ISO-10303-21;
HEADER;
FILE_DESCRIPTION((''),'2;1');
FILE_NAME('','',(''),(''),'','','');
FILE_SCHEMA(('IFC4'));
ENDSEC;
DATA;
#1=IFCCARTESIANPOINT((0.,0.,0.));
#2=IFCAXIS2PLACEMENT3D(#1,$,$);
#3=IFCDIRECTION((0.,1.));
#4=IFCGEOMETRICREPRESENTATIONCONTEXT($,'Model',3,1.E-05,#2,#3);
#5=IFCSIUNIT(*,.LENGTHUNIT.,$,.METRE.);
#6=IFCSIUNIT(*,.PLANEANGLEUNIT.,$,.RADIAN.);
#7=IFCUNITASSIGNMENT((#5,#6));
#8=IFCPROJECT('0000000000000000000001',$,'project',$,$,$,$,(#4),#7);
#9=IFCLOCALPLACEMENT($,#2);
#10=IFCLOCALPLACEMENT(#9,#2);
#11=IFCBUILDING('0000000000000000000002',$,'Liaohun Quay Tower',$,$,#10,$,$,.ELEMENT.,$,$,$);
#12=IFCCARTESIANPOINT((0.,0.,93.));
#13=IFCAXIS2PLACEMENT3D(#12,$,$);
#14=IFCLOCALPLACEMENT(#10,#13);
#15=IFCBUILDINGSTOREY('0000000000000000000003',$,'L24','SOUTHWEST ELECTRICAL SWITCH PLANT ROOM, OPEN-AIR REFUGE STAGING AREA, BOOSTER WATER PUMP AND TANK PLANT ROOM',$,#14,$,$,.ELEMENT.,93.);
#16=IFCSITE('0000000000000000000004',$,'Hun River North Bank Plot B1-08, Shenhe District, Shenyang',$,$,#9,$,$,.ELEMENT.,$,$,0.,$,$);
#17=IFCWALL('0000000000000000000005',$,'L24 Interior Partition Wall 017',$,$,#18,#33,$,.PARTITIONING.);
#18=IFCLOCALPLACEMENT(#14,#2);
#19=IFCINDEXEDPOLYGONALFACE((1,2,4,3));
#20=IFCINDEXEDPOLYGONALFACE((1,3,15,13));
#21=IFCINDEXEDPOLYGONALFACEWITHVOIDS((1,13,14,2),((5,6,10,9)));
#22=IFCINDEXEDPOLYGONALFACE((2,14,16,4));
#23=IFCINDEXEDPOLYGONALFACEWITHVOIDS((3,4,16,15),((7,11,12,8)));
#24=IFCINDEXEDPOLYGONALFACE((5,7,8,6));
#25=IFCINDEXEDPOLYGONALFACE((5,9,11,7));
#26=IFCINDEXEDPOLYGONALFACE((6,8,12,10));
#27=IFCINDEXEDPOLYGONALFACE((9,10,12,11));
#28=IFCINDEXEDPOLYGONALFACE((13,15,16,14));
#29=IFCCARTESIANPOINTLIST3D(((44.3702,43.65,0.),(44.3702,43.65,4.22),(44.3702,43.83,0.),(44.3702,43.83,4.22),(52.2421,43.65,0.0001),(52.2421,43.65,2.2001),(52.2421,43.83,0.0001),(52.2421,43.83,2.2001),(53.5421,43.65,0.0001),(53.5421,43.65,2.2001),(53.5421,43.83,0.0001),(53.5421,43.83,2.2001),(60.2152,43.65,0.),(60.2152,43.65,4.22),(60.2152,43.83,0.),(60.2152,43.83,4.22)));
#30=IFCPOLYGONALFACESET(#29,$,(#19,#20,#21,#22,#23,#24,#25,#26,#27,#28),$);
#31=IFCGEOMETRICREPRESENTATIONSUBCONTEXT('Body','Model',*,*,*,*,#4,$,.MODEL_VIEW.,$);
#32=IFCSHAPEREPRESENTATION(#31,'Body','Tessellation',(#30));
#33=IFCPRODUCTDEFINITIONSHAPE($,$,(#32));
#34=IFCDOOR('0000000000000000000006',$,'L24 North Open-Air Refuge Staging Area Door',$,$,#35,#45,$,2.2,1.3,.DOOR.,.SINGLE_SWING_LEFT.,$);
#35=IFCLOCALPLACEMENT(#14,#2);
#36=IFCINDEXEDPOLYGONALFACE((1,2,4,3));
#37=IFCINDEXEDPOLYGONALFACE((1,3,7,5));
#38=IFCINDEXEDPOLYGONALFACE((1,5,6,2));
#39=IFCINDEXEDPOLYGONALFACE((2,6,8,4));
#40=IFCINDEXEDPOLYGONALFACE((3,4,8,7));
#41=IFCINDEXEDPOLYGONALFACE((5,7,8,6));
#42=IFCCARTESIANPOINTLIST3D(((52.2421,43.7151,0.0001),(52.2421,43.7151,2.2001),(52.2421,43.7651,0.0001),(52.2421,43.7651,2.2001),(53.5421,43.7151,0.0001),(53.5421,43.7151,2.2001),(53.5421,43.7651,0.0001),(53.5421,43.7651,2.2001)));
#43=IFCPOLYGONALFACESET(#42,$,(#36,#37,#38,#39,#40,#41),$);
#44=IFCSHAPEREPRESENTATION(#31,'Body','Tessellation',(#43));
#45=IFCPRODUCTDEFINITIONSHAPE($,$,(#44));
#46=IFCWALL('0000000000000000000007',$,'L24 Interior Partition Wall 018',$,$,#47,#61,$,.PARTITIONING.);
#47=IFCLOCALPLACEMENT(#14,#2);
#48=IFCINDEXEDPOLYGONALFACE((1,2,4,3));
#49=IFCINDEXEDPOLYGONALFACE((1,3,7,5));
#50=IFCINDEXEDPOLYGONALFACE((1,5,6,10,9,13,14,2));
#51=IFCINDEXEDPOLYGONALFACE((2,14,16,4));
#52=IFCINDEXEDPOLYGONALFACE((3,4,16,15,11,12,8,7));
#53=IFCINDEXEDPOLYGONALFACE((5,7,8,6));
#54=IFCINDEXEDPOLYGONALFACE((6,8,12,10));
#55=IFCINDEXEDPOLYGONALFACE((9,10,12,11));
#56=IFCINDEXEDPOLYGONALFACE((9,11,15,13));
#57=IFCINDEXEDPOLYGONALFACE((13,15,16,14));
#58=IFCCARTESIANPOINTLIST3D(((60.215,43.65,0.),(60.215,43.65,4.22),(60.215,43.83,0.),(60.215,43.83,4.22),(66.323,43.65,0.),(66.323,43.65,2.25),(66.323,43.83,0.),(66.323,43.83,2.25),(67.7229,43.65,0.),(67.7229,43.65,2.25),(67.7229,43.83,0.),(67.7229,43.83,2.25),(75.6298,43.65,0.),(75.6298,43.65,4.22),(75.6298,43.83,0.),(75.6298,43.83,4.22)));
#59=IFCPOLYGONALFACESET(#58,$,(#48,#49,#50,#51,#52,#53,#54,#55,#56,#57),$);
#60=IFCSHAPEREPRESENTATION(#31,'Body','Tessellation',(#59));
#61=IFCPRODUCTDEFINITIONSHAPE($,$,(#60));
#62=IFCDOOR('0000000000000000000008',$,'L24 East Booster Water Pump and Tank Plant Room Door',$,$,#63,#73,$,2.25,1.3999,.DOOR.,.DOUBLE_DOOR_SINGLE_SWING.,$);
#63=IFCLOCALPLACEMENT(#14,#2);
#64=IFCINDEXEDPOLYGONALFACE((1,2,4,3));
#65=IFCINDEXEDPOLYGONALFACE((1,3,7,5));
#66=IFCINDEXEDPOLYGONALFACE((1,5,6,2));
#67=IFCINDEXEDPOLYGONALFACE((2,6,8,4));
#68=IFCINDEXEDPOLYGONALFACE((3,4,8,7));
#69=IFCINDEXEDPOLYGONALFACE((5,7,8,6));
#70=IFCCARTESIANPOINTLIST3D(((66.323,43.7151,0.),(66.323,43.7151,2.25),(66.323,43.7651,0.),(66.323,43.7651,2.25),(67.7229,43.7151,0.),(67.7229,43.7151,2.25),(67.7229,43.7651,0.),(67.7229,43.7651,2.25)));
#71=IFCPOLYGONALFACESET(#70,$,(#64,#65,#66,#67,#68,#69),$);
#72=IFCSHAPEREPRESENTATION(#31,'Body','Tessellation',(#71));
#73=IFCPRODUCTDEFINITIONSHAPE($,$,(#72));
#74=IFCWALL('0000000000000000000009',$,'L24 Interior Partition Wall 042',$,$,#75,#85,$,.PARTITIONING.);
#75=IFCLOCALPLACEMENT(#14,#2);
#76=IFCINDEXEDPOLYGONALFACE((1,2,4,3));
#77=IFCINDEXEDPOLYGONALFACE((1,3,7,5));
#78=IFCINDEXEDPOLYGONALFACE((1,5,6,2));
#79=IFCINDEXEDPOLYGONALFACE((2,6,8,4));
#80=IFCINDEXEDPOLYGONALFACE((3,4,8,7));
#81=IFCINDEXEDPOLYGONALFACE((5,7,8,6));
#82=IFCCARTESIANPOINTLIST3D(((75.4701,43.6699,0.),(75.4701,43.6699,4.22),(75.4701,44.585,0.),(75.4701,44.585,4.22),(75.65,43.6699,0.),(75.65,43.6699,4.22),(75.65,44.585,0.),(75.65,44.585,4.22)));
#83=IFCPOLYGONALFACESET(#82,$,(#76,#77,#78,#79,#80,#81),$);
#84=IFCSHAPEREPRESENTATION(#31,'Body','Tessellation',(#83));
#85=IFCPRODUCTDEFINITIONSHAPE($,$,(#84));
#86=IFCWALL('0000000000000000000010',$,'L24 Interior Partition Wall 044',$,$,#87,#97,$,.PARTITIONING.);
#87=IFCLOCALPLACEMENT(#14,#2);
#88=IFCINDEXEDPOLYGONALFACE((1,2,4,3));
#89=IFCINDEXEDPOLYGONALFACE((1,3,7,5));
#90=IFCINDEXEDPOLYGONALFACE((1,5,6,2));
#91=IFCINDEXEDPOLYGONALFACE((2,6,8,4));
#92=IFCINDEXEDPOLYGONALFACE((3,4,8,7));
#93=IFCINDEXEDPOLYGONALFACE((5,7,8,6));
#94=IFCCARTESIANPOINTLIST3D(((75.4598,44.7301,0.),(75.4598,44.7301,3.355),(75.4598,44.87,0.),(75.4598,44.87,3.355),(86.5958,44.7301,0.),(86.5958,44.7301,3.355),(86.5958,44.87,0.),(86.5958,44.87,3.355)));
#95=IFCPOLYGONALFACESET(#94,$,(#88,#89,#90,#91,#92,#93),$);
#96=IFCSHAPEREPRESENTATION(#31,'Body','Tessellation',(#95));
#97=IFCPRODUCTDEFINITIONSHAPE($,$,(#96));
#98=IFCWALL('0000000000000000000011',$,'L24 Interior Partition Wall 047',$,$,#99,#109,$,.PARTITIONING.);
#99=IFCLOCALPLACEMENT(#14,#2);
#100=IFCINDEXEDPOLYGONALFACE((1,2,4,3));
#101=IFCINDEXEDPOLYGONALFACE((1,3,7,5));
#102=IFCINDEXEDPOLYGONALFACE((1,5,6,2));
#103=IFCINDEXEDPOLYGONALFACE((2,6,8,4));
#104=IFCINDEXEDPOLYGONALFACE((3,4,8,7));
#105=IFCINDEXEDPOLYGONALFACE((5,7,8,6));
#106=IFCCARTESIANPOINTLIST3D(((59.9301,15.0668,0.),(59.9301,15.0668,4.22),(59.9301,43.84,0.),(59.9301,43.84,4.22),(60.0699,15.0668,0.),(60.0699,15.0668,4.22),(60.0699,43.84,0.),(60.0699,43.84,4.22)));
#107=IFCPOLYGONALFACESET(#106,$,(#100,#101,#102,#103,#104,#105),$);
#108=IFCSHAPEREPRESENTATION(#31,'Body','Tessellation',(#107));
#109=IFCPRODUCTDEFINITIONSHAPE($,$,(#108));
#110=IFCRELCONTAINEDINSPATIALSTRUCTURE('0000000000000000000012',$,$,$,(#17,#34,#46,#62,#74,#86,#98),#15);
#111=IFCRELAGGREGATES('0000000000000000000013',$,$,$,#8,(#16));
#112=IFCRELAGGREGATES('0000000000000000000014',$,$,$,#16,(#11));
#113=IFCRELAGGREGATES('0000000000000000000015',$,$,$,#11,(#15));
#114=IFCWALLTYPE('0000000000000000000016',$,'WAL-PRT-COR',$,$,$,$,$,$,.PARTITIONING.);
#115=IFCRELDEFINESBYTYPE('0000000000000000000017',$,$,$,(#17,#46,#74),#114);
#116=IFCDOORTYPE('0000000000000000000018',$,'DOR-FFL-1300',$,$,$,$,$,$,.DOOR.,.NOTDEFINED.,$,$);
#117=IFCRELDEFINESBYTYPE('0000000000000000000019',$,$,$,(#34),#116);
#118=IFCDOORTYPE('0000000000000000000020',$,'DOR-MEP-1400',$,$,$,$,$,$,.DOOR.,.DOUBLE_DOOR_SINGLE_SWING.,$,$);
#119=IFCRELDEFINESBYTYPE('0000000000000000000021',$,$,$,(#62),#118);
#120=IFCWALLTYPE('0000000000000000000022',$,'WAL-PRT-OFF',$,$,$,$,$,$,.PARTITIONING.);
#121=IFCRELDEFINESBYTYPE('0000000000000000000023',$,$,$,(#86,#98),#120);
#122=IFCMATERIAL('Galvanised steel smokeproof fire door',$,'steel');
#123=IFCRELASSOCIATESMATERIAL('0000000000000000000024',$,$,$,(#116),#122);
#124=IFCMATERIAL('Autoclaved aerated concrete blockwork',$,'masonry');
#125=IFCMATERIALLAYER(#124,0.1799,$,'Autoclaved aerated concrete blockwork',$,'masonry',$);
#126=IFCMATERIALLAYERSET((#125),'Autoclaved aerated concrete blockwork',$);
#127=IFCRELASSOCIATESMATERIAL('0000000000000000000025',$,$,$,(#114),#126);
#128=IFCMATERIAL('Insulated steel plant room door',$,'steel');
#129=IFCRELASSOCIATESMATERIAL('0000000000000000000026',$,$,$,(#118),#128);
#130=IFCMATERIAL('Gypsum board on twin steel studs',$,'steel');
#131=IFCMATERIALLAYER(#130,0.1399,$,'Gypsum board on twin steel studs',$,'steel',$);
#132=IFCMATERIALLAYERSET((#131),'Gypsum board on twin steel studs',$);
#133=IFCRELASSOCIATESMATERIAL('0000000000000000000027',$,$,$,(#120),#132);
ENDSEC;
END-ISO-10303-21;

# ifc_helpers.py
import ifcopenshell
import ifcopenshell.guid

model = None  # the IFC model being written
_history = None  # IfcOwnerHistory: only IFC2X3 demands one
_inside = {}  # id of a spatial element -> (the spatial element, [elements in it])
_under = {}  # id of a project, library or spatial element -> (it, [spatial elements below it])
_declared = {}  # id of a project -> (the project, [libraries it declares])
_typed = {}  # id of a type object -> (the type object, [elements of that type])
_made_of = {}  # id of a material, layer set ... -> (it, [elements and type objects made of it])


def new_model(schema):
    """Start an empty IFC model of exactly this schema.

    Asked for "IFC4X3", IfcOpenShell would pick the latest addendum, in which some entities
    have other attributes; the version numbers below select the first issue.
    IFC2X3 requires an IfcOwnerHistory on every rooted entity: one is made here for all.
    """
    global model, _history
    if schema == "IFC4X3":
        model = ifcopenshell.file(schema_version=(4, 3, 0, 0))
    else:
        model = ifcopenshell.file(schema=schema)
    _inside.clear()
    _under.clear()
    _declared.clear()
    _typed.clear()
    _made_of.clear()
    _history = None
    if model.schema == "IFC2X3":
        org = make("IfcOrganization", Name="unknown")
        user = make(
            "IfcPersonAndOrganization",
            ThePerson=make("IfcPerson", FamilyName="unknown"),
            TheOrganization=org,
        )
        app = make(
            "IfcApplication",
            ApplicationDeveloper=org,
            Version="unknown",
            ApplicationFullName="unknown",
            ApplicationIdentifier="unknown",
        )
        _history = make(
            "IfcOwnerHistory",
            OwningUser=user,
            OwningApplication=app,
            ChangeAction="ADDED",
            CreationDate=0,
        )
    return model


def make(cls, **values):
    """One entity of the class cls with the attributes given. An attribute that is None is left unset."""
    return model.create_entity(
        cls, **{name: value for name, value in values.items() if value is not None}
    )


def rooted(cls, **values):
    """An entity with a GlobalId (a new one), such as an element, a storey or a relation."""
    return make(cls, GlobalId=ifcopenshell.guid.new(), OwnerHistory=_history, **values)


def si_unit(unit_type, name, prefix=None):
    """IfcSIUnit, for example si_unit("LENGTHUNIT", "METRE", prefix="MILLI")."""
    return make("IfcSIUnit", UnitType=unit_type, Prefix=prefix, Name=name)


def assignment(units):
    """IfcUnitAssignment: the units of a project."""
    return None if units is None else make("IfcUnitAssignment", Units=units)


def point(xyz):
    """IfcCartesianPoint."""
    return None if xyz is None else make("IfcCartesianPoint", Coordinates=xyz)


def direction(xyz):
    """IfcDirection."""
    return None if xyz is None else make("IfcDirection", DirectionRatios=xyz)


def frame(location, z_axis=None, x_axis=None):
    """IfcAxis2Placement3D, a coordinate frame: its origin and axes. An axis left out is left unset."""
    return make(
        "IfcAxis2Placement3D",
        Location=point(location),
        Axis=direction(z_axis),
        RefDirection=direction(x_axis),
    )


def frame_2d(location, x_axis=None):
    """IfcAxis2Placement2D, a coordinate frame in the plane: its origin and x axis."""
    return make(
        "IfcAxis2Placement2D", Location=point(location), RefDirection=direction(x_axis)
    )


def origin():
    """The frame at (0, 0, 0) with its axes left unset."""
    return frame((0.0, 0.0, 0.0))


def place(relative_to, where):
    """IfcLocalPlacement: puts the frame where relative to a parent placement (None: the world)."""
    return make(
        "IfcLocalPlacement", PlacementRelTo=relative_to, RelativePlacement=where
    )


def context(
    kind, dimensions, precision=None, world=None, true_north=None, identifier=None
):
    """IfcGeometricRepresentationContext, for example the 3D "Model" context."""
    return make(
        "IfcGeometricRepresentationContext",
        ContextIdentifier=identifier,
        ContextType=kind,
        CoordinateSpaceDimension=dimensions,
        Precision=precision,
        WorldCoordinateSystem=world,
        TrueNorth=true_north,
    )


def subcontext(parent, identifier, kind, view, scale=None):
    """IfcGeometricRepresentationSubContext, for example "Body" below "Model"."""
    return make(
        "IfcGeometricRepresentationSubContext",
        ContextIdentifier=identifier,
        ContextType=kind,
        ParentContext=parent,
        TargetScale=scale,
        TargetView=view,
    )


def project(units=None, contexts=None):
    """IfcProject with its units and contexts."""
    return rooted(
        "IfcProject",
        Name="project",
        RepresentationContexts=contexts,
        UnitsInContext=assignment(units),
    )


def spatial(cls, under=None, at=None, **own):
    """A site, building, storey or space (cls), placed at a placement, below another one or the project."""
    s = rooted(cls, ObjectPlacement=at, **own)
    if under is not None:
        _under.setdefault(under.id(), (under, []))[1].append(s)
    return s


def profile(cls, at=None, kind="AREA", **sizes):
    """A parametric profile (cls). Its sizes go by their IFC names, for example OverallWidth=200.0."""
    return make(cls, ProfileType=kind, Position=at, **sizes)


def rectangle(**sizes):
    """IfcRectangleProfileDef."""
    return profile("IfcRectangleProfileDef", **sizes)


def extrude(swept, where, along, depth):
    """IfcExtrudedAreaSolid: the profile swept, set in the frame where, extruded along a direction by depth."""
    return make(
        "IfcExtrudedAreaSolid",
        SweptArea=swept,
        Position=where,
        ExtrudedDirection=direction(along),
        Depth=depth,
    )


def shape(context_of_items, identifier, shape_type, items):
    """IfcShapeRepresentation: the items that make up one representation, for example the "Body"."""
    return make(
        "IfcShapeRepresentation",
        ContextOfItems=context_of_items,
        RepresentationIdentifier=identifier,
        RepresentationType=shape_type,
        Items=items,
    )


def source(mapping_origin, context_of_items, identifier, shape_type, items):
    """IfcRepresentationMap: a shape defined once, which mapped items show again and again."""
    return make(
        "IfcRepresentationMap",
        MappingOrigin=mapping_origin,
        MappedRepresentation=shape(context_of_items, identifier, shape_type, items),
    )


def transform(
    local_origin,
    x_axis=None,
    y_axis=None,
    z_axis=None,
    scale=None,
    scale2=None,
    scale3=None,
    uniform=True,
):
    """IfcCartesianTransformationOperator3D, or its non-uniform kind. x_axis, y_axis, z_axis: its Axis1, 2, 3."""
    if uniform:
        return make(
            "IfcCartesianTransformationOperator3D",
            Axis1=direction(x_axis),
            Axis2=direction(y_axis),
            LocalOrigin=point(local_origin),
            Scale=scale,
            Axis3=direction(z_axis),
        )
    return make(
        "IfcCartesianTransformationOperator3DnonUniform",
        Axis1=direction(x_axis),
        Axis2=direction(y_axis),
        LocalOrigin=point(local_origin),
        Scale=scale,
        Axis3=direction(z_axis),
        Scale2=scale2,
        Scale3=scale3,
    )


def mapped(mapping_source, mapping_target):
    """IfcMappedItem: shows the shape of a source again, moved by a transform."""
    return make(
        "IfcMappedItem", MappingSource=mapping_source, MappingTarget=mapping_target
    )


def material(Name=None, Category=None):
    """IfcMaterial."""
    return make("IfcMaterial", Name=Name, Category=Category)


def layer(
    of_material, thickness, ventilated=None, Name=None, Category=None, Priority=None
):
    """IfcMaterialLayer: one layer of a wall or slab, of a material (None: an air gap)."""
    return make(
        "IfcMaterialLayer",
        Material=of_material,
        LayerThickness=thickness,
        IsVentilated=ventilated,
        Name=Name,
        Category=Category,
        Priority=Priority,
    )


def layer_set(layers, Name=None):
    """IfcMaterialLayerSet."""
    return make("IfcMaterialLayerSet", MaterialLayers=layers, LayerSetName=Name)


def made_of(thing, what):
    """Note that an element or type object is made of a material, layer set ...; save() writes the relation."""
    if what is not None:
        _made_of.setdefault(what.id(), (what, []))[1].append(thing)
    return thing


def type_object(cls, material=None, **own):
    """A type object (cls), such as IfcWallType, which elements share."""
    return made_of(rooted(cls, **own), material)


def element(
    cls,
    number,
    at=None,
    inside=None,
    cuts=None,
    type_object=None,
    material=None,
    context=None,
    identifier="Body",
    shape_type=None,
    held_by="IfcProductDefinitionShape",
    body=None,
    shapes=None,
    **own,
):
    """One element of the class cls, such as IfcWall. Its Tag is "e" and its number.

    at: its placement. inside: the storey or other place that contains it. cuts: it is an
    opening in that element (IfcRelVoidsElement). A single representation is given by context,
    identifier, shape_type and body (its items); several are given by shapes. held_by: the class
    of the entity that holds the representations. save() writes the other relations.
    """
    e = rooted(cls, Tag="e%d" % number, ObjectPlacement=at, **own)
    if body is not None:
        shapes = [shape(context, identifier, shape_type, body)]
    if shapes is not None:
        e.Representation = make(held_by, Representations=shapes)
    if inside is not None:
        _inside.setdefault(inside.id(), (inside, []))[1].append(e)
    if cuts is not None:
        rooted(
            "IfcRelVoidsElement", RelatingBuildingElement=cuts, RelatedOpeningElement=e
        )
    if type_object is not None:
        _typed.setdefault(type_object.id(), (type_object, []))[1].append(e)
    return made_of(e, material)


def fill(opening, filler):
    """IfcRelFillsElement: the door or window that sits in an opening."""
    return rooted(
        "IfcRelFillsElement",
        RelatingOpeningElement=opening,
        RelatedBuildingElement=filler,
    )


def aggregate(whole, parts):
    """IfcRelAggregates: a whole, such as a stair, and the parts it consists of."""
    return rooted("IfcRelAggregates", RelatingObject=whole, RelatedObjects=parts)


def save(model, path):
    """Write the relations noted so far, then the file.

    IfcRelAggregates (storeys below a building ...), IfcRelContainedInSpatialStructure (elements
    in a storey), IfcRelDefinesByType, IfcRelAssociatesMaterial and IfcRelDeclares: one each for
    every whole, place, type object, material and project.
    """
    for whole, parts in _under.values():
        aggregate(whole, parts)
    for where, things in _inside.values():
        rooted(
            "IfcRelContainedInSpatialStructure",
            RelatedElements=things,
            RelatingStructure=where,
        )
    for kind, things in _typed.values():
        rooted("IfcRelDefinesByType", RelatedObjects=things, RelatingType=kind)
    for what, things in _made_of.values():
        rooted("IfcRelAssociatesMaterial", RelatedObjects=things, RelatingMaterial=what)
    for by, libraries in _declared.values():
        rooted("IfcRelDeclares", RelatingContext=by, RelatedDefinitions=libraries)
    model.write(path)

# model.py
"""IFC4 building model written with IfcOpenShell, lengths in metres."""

from ifc_helpers import new_model, si_unit, direction, frame, frame_2d, origin, place, context, subcontext, project, spatial, rectangle, extrude, source, transform, mapped, material, layer, layer_set, type_object, element, fill, save


model = new_model("IFC4")

# Units and contexts
model_context = context("Model", 3, precision=1e-05, world=origin(), true_north=direction((0.0, 1.0)))
body_context = subcontext(model_context, "Body", "Model", "MODEL_VIEW")
ifc_project = project(units=[si_unit("LENGTHUNIT", "METRE"), si_unit("PLANEANGLEUNIT", "RADIAN")], contexts=[model_context])

# Site, building, storey
site_placement = place(None, origin())
site = spatial("IfcSite", under=ifc_project, at=site_placement, Name="Hun River North Bank Plot B1-08, Shenhe District, Shenyang", CompositionType="ELEMENT", RefElevation=0.0)
building_placement = place(site_placement, origin())
building = spatial("IfcBuilding", under=site, at=building_placement, Name="Liaohun Quay Tower", CompositionType="ELEMENT")
storey_placement = place(building_placement, frame((0.0, 0.0, 93.0)))
storey = spatial("IfcBuildingStorey", under=building, at=storey_placement, Name="L24", Description="SOUTHWEST ELECTRICAL SWITCH PLANT ROOM, OPEN-AIR REFUGE STAGING AREA, BOOSTER WATER PUMP AND TANK PLANT ROOM", CompositionType="ELEMENT", Elevation=93.0)

# Shared definitions
ifc_material_1 = material(Name="Galvanised steel smokeproof fire door", Category="steel")
door_type_1 = type_object("IfcDoorType", Name="DOR-FFL-1300", OperationType="NOTDEFINED", PredefinedType="DOOR", material=ifc_material_1)
shared_shape_1 = source(origin(), body_context, "Body", "SweptSolid", [
    extrude(rectangle(XDim=1.3, YDim=2.2, at=frame_2d((0.6499, 1.1001))), frame((0.0, 0.0249, 0.0), z_axis=(0.0, -1.0, 0.0), x_axis=(1.0, 0.0, 0.0)), (0.0, 0.0, 1.0), 0.05),
])

# Walls, openings, doors
ifc_material_2 = material(Name="Autoclaved aerated concrete blockwork", Category="masonry")
ifc_layer_1 = layer(ifc_material_2, 0.1799, Name="Autoclaved aerated concrete blockwork", Category="masonry")
ifc_layer_set_1 = layer_set([ifc_layer_1], Name="Autoclaved aerated concrete blockwork")
wall_type_1 = type_object("IfcWallType", Name="WAL-PRT-COR", PredefinedType="PARTITIONING", material=ifc_layer_set_1)
wall_1_placement = place(storey_placement, frame((60.2151, 43.74, 0.0), z_axis=(0.0, 0.0, 1.0), x_axis=(-1.0, 0.0, 0.0)))
wall_1 = element("IfcWall", 1, at=wall_1_placement, inside=storey, type_object=wall_type_1, Name="L24 Interior Partition Wall 017", PredefinedType="PARTITIONING", context=body_context, shape_type="SweptSolid", body=[
    extrude(rectangle(XDim=15.845, YDim=0.1799, at=frame_2d((7.9224, 0.0))), origin(), (0.0, 0.0, 1.0), 4.22),
])
shared_shape_2 = source(origin(), body_context, "Body", "SweptSolid", [
    extrude(rectangle(XDim=1.3, YDim=2.2, at=frame_2d((0.6499, 1.1001))), frame((0.0, 0.0999, 0.0), z_axis=(0.0, -1.0, 0.0), x_axis=(1.0, 0.0, 0.0)), (0.0, 0.0, 1.0), 0.2),
])
opening_1_placement = place(wall_1_placement, frame((6.6731, 0.0, 0.0)))
opening_1 = element("IfcOpeningElement", 2, at=opening_1_placement, cuts=wall_1, PredefinedType="OPENING", context=body_context, shape_type="MappedRepresentation", body=[
    mapped(shared_shape_2, transform((0.0, 0.0, 0.0), x_axis=(1.0, 0.0, 0.0), y_axis=(0.0, 1.0, 0.0), z_axis=(0.0, 0.0, 1.0), scale=1.0)),
])
door_1_placement = place(opening_1_placement, origin())
door_1 = element("IfcDoor", 3, at=door_1_placement, inside=storey, type_object=door_type_1, Name="L24 North Open-Air Refuge Staging Area Door", OperationType="SINGLE_SWING_LEFT", OverallHeight=2.2, OverallWidth=1.3, PredefinedType="DOOR", context=body_context, shape_type="MappedRepresentation", body=[
    mapped(shared_shape_1, transform((0.0, 0.0, 0.0), x_axis=(1.0, 0.0, 0.0), y_axis=(0.0, 1.0, 0.0), z_axis=(0.0, 0.0, 1.0), scale=1.0)),
])
fill(opening_1, door_1)
wall_2_placement = place(storey_placement, frame((75.6299, 43.74, 0.0), z_axis=(0.0, 0.0, 1.0), x_axis=(-1.0, 0.0, 0.0)))
wall_2 = element("IfcWall", 4, at=wall_2_placement, inside=storey, type_object=wall_type_1, Name="L24 Interior Partition Wall 018", PredefinedType="PARTITIONING", context=body_context, shape_type="SweptSolid", body=[
    extrude(rectangle(XDim=15.4148, YDim=0.1799, at=frame_2d((7.7075, 0.0))), origin(), (0.0, 0.0, 1.0), 4.22),
])
shared_shape_3 = source(origin(), body_context, "Body", "SweptSolid", [
    extrude(rectangle(XDim=1.3999, YDim=2.25, at=frame_2d((0.7, 1.125))), frame((0.0, 0.0999, 0.0), z_axis=(0.0, -1.0, 0.0), x_axis=(1.0, 0.0, 0.0)), (0.0, 0.0, 1.0), 0.2),
])
opening_2_placement = place(wall_2_placement, frame((7.907, 0.0, 0.0)))
opening_2 = element("IfcOpeningElement", 5, at=opening_2_placement, cuts=wall_2, PredefinedType="OPENING", context=body_context, shape_type="MappedRepresentation", body=[
    mapped(shared_shape_3, transform((0.0, 0.0, 0.0), x_axis=(1.0, 0.0, 0.0), y_axis=(0.0, 1.0, 0.0), z_axis=(0.0, 0.0, 1.0), scale=1.0)),
])
ifc_material_3 = material(Name="Insulated steel plant room door", Category="steel")
door_type_2 = type_object("IfcDoorType", Name="DOR-MEP-1400", OperationType="DOUBLE_DOOR_SINGLE_SWING", PredefinedType="DOOR", material=ifc_material_3)
shared_shape_4 = source(origin(), body_context, "Body", "SweptSolid", [
    extrude(rectangle(XDim=1.3999, YDim=2.25, at=frame_2d((0.7, 1.125))), frame((0.0, 0.0249, 0.0), z_axis=(0.0, -1.0, 0.0), x_axis=(1.0, 0.0, 0.0)), (0.0, 0.0, 1.0), 0.05),
])
door_2_placement = place(opening_2_placement, origin())
door_2 = element("IfcDoor", 6, at=door_2_placement, inside=storey, type_object=door_type_2, Name="L24 East Booster Water Pump and Tank Plant Room Door", OperationType="DOUBLE_DOOR_SINGLE_SWING", OverallHeight=2.25, OverallWidth=1.3999, PredefinedType="DOOR", context=body_context, shape_type="MappedRepresentation", body=[
    mapped(shared_shape_4, transform((0.0, 0.0, 0.0), x_axis=(1.0, 0.0, 0.0), y_axis=(0.0, 1.0, 0.0), z_axis=(0.0, 0.0, 1.0), scale=1.0)),
])
fill(opening_2, door_2)

# Walls
wall_3_placement = place(storey_placement, frame((75.5601, 44.585, 0.0), z_axis=(0.0, 0.0, 1.0), x_axis=(0.0, -1.0, 0.0)))
element("IfcWall", 7, at=wall_3_placement, inside=storey, type_object=wall_type_1, Name="L24 Interior Partition Wall 042", PredefinedType="PARTITIONING", context=body_context, shape_type="SweptSolid", body=[
    extrude(rectangle(XDim=0.915, YDim=0.1799, at=frame_2d((0.4575, 0.0))), origin(), (0.0, 0.0, 1.0), 4.22),
])
ifc_material_4 = material(Name="Gypsum board on twin steel studs", Category="steel")
ifc_layer_2 = layer(ifc_material_4, 0.1399, Name="Gypsum board on twin steel studs", Category="steel")
ifc_layer_set_2 = layer_set([ifc_layer_2], Name="Gypsum board on twin steel studs")
wall_type_2 = type_object("IfcWallType", Name="WAL-PRT-OFF", PredefinedType="PARTITIONING", material=ifc_layer_set_2)
wall_4_placement = place(storey_placement, frame((75.46, 44.8, 0.0), z_axis=(0.0, 0.0, 1.0), x_axis=(1.0, 0.0, 0.0)))
element("IfcWall", 8, at=wall_4_placement, inside=storey, type_object=wall_type_2, Name="L24 Interior Partition Wall 044", PredefinedType="PARTITIONING", context=body_context, shape_type="SweptSolid", body=[
    extrude(rectangle(XDim=11.136, YDim=0.1399, at=frame_2d((5.5679, 0.0))), origin(), (0.0, 0.0, 1.0), 3.355),
])
wall_5_placement = place(storey_placement, frame((60.0, 43.8401, 0.0), z_axis=(0.0, 0.0, 1.0), x_axis=(0.0, -1.0, 0.0)))
element("IfcWall", 9, at=wall_5_placement, inside=storey, type_object=wall_type_2, Name="L24 Interior Partition Wall 047", PredefinedType="PARTITIONING", context=body_context, shape_type="SweptSolid", body=[
    extrude(rectangle(XDim=28.7732, YDim=0.1399, at=frame_2d((14.3867, 0.0))), origin(), (0.0, 0.0, 1.0), 4.22),
])

save(model, "model.ifc")
